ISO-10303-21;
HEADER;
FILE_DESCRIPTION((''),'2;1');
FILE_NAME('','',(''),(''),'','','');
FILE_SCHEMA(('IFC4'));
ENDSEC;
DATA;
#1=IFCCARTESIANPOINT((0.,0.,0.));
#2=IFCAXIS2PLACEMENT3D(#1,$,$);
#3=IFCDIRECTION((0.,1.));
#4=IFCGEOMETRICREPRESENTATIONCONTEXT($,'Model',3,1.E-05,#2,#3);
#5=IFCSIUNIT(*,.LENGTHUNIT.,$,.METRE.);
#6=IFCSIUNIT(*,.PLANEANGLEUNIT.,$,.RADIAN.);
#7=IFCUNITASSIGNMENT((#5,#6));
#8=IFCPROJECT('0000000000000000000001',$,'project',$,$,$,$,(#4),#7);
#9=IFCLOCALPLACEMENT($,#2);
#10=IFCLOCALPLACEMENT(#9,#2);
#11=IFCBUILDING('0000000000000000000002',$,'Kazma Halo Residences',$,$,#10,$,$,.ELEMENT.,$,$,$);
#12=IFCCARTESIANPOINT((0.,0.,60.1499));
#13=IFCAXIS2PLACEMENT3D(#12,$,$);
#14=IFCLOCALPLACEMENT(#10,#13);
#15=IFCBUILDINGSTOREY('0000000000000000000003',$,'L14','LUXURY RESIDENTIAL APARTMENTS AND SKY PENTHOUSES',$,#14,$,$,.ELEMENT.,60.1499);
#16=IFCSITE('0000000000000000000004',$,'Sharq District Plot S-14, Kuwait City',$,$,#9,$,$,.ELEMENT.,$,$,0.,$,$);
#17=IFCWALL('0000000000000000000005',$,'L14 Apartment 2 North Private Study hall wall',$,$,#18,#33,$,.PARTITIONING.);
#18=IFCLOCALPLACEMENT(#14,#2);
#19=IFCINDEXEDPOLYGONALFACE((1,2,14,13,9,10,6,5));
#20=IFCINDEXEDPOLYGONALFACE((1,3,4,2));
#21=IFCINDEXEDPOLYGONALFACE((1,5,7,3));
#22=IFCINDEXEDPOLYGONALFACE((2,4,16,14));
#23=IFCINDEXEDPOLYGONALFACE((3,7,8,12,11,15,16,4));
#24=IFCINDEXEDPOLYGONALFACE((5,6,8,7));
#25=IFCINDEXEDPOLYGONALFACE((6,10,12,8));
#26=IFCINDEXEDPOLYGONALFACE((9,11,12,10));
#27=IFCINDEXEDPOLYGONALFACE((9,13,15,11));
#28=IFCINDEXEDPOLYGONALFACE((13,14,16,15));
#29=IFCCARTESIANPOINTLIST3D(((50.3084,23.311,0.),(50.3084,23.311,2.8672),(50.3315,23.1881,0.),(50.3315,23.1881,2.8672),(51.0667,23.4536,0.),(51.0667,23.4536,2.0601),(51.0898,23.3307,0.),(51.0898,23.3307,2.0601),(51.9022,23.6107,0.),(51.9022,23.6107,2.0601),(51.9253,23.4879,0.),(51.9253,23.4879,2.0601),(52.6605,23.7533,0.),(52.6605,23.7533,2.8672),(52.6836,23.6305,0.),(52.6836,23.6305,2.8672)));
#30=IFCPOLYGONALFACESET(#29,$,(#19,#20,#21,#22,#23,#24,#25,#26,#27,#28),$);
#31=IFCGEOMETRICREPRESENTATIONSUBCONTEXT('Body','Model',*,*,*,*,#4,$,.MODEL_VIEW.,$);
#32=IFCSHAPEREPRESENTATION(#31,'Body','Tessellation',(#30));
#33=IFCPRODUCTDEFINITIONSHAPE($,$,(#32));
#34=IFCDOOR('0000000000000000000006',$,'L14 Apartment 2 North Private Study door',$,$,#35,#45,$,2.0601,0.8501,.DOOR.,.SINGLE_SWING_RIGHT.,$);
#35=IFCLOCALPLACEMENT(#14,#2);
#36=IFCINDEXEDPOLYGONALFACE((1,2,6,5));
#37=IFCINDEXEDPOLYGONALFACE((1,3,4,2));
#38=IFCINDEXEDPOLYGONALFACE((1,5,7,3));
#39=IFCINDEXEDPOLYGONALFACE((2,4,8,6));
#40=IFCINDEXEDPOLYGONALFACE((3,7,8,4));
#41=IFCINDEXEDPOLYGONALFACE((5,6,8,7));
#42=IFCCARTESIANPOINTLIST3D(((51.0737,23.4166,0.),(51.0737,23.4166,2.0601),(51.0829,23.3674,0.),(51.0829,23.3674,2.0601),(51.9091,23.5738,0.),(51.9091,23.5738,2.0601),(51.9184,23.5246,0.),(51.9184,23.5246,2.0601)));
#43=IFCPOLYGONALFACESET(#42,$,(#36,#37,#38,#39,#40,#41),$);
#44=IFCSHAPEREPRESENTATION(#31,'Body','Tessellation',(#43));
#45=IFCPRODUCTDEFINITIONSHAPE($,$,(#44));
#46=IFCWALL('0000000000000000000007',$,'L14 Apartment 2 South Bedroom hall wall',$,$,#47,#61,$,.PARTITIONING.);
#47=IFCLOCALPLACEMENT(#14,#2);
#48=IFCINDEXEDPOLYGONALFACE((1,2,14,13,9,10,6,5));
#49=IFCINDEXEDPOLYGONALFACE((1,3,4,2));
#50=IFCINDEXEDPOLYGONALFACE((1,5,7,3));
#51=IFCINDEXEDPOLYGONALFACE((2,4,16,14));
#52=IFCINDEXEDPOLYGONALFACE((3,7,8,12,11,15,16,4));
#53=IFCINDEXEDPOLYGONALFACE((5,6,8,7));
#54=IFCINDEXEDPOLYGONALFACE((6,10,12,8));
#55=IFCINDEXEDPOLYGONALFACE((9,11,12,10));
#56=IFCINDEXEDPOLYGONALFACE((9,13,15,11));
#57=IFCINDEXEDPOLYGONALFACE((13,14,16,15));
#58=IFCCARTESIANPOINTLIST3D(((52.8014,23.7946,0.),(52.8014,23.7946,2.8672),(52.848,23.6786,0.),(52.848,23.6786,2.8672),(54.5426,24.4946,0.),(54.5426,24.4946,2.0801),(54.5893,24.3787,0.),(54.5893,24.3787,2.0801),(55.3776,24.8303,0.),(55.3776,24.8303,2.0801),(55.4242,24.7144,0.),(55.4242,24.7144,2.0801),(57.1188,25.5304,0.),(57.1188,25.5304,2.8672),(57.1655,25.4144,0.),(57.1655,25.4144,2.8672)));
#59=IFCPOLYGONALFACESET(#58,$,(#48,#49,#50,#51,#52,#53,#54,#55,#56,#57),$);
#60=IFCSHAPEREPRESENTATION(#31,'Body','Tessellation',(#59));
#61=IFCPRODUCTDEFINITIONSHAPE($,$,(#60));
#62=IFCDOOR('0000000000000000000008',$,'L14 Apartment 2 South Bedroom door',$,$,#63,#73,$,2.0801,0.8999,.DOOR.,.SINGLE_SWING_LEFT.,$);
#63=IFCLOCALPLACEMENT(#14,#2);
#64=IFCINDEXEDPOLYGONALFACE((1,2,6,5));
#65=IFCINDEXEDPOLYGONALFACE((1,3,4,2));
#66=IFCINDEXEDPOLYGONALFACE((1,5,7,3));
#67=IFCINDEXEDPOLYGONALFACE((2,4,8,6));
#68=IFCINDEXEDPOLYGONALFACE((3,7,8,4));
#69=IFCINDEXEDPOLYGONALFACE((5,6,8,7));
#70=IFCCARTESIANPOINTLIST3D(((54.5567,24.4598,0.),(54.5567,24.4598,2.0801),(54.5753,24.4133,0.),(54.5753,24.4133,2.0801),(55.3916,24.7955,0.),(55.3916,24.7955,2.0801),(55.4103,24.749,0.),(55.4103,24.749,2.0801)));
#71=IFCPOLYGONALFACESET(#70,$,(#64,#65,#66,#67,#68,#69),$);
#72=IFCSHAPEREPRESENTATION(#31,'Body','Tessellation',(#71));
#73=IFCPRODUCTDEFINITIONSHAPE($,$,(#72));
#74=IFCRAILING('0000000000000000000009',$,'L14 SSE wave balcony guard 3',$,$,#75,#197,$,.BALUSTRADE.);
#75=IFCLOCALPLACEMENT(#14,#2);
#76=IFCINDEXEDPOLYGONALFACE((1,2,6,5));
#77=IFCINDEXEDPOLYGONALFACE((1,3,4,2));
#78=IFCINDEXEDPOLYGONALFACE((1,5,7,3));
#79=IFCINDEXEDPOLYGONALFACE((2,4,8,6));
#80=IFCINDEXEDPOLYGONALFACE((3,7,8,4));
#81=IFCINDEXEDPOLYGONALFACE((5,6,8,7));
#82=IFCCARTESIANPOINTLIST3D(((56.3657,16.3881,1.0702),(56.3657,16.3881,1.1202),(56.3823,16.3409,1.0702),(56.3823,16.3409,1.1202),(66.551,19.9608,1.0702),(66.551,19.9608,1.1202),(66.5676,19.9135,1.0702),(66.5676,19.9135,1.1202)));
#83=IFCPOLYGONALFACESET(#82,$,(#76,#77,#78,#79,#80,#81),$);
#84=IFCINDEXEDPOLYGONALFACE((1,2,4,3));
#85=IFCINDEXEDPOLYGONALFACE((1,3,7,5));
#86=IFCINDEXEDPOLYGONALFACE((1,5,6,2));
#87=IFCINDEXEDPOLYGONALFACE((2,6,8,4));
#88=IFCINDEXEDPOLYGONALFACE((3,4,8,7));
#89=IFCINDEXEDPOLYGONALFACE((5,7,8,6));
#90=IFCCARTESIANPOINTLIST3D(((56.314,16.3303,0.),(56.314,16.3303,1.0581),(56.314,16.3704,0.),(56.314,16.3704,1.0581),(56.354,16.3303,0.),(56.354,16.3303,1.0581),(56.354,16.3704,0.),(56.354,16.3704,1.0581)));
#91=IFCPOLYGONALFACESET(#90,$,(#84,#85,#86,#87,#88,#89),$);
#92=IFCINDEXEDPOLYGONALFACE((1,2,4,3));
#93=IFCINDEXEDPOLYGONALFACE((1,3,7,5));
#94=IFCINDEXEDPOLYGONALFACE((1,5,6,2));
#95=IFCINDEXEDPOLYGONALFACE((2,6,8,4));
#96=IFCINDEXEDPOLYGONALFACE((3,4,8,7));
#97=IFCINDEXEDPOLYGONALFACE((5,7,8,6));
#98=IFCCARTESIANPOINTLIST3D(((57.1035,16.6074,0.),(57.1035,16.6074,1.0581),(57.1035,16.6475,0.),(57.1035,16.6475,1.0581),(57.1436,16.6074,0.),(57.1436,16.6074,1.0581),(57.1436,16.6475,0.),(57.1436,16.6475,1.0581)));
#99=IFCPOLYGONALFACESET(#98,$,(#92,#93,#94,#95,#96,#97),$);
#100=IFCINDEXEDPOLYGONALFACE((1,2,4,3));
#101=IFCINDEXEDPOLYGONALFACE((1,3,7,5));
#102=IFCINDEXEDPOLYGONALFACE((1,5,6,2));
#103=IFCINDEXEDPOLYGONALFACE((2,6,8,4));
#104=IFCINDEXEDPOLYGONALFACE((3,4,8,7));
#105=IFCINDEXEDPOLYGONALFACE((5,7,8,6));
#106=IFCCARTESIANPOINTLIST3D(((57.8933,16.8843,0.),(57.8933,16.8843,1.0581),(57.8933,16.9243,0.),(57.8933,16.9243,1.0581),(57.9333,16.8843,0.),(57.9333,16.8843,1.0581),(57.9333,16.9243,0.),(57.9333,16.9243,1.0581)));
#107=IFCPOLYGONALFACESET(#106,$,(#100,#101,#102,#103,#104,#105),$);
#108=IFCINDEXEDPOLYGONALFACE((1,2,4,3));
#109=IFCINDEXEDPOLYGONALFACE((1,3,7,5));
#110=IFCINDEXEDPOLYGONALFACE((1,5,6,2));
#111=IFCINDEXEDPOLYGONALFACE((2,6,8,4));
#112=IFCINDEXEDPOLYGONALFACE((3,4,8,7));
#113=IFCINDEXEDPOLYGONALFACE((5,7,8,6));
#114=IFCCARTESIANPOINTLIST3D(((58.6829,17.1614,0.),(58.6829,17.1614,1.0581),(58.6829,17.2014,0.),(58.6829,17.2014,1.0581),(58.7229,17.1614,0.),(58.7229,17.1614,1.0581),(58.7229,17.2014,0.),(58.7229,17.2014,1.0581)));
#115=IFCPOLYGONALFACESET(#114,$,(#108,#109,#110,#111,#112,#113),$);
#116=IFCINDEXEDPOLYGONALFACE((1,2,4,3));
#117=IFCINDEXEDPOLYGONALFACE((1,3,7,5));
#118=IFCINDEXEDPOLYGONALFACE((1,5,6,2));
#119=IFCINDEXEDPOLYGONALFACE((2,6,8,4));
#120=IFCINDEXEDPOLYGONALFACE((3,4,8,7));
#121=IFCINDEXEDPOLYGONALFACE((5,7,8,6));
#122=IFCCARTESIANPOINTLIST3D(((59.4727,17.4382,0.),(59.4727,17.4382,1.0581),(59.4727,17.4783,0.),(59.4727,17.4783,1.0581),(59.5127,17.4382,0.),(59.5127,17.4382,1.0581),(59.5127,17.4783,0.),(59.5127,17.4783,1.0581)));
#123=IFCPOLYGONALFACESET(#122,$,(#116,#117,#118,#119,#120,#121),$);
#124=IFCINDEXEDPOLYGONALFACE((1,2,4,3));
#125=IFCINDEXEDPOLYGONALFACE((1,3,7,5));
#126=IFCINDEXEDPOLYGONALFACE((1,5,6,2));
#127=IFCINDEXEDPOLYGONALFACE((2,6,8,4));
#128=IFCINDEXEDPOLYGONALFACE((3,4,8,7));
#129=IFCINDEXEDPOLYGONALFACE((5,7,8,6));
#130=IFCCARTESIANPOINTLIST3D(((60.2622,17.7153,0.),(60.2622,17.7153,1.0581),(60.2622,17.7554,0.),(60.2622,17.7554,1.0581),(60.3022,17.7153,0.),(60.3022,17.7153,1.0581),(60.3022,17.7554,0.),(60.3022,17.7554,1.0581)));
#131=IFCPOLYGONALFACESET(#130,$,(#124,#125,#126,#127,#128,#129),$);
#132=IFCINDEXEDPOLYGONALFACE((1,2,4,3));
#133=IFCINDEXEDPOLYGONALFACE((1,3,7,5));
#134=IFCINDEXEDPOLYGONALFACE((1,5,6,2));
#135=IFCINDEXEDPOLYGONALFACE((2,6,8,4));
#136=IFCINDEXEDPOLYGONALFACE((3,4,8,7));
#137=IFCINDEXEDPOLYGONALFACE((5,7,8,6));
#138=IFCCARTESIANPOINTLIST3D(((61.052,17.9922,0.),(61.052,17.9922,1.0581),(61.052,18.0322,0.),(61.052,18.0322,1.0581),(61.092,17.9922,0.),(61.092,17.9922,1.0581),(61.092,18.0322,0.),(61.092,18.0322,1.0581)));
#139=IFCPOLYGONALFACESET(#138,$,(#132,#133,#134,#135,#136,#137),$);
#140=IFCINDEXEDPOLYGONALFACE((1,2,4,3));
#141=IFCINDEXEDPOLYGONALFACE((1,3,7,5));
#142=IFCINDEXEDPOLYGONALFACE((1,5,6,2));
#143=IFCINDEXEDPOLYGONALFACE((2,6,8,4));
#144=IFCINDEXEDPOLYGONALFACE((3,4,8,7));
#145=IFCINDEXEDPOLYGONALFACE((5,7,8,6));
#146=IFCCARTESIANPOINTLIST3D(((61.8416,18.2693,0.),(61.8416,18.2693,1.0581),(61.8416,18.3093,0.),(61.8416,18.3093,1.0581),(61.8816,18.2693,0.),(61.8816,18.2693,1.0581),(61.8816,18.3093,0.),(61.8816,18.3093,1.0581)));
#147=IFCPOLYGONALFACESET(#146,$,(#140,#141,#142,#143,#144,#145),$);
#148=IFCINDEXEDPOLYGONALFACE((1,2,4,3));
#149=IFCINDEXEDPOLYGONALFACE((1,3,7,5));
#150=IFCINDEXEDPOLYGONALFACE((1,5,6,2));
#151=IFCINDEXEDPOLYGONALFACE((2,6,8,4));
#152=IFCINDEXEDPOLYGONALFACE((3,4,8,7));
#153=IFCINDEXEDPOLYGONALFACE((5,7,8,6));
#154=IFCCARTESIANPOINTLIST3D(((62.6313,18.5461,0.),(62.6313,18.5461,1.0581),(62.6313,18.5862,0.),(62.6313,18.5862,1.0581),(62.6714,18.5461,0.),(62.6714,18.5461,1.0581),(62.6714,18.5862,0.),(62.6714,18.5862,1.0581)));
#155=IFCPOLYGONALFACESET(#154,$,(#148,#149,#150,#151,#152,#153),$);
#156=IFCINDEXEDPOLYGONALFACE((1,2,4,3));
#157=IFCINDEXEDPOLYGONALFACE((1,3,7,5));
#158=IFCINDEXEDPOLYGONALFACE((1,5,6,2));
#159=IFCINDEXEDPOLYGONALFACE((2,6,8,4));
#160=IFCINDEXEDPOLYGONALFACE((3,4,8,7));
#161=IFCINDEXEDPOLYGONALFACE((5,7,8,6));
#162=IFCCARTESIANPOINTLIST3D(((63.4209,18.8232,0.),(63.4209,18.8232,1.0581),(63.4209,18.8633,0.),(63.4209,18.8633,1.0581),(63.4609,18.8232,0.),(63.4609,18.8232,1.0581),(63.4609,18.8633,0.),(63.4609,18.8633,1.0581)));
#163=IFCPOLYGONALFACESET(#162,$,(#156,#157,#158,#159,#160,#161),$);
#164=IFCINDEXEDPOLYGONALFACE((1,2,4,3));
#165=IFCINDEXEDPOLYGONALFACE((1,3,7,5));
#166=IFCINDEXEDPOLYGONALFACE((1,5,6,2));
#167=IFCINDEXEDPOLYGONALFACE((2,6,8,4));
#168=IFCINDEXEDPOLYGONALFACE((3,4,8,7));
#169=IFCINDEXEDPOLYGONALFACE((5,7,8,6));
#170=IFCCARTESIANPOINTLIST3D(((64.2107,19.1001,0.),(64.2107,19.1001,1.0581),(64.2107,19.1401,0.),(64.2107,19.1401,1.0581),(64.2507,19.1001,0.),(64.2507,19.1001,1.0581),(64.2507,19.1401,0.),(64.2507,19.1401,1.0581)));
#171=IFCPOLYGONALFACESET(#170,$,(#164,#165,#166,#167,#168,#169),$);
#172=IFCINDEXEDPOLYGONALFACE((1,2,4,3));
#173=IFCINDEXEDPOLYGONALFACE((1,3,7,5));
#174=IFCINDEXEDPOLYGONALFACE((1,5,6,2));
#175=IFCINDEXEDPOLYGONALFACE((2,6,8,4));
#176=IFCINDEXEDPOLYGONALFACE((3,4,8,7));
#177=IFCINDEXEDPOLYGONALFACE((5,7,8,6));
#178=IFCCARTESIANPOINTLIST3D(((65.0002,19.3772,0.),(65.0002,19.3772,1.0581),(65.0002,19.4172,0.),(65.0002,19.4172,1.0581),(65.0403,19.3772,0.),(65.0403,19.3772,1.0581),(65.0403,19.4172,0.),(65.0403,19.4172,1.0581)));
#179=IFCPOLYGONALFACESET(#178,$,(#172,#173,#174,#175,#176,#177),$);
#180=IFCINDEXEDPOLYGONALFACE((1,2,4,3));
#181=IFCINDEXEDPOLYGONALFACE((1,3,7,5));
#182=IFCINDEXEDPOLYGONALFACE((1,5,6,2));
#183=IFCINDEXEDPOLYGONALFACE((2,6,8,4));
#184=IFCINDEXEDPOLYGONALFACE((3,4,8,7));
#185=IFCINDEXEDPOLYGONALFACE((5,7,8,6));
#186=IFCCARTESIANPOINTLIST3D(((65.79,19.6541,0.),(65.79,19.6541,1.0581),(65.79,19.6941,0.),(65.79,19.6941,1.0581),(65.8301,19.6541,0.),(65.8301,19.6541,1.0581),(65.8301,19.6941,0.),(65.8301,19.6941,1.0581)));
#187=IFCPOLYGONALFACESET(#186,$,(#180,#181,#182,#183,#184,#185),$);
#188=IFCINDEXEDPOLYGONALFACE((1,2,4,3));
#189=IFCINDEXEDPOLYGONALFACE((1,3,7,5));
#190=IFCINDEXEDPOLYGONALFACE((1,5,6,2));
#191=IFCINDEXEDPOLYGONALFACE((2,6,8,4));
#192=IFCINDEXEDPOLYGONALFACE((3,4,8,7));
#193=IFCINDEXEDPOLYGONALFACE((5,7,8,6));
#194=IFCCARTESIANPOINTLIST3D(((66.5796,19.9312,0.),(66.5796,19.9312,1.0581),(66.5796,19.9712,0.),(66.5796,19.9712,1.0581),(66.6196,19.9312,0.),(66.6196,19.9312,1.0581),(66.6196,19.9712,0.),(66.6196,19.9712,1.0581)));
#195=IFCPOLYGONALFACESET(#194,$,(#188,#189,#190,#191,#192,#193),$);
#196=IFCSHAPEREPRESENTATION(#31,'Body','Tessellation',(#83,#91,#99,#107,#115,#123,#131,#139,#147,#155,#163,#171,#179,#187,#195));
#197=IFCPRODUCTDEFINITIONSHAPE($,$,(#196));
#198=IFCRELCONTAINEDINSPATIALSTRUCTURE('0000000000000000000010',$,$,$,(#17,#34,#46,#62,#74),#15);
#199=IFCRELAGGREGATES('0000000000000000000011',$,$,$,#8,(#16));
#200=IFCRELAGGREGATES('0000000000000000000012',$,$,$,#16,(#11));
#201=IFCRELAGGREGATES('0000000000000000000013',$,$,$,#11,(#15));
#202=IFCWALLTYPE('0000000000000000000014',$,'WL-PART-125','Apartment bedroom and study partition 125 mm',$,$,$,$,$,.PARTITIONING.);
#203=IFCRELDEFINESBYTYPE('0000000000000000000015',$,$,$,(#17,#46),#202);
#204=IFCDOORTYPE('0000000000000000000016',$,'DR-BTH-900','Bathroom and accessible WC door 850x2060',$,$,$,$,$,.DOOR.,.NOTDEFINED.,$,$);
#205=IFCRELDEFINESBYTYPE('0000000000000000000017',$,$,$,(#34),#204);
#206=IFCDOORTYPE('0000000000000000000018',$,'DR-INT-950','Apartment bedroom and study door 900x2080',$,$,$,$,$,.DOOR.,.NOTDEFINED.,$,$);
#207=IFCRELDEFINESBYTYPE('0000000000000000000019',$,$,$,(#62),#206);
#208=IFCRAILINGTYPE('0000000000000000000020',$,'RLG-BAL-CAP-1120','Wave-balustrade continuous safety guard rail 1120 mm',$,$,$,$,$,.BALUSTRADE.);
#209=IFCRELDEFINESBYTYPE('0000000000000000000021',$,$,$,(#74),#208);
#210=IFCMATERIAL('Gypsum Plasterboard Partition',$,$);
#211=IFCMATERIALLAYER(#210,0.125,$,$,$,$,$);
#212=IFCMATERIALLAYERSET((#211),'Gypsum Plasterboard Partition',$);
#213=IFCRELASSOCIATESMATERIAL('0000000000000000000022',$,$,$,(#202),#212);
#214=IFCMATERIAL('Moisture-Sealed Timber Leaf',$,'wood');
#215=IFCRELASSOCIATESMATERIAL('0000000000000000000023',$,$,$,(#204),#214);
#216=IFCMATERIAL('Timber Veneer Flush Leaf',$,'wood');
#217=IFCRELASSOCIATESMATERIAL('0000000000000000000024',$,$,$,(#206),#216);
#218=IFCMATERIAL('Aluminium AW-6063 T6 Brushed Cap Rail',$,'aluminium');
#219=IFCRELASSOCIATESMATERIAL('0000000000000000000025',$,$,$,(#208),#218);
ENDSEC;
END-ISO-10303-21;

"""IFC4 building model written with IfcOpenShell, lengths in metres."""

from ifc_helpers import new_model, si_unit, direction, frame, frame_2d, origin, origin_2d, place, context, subcontext, project, spatial, rectangle, extrude, material, layer, layer_set, type_object, element, fill, save


model = new_model("IFC4")

# Units and contexts
model_context = context("Model", 3, precision=1e-05, world=origin(), true_north=direction((0.0, 1.0)))
body_context = subcontext(model_context, "Body", "Model", "MODEL_VIEW")
ifc_project = project(units=[si_unit("LENGTHUNIT", "METRE"), si_unit("PLANEANGLEUNIT", "RADIAN")], contexts=[model_context])

# Site, building, storey
site_placement = place(None, origin())
site = spatial("IfcSite", under=ifc_project, at=site_placement, Name="Sharq District Plot S-14, Kuwait City", CompositionType="ELEMENT", RefElevation=0.0)
building_placement = place(site_placement, origin())
building = spatial("IfcBuilding", under=site, at=building_placement, Name="Kazma Halo Residences", CompositionType="ELEMENT")
storey_placement = place(building_placement, frame((0.0, 0.0, 60.1499)))
storey = spatial("IfcBuildingStorey", under=building, at=storey_placement, Name="L14", Description="LUXURY RESIDENTIAL APARTMENTS AND SKY PENTHOUSES", CompositionType="ELEMENT", Elevation=60.1499)

# Shared definitions
ifc_material_1 = material(Name="Gypsum Plasterboard Partition")
ifc_layer_1 = layer(ifc_material_1, 0.125)
ifc_layer_set_1 = layer_set([ifc_layer_1], Name="Gypsum Plasterboard Partition")
wall_type_1 = type_object("IfcWallType", Name="WL-PART-125", Description="Apartment bedroom and study partition 125 mm", PredefinedType="PARTITIONING", material=ifc_layer_set_1)

# Walls, openings, doors
wall_1_placement = place(storey_placement, frame((50.3198, 23.2495, 0.0), z_axis=(0.0, 0.0, 1.0), x_axis=(0.982768, 0.184843, 0.0)))
wall_1 = element("IfcWall", 1, at=wall_1_placement, inside=storey, type_object=wall_type_1, Name="L14 Apartment 2 North Private Study hall wall", PredefinedType="PARTITIONING", context=body_context, shape_type="SweptSolid", body=[
    extrude(rectangle(XDim=2.3933, YDim=0.125, at=frame_2d((1.1968, 0.0))), origin(), (0.0, 0.0, 1.0), 2.8672),
])
opening_1_placement = place(wall_1_placement, frame((0.7717, 0.0, 0.0)))
opening_1 = element("IfcOpeningElement", 2, at=opening_1_placement, cuts=wall_1, PredefinedType="OPENING", context=body_context, shape_type="SweptSolid", body=[
    extrude(rectangle(XDim=0.8501, YDim=2.0601, at=frame_2d((0.425, 1.03))), frame((0.0, 0.0725, 0.0), z_axis=(0.0, -1.0, 0.0), x_axis=(1.0, 0.0, 0.0)), (0.0, 0.0, 1.0), 0.145),
])
ifc_material_2 = material(Name="Moisture-Sealed Timber Leaf", Category="wood")
door_type_1 = type_object("IfcDoorType", Name="DR-BTH-900", Description="Bathroom and accessible WC door 850x2060", OperationType="NOTDEFINED", PredefinedType="DOOR", material=ifc_material_2)
door_1_placement = place(opening_1_placement, origin())
door_1 = element("IfcDoor", 3, at=door_1_placement, inside=storey, type_object=door_type_1, Name="L14 Apartment 2 North Private Study door", OperationType="SINGLE_SWING_RIGHT", OverallHeight=2.0601, OverallWidth=0.8501, PredefinedType="DOOR", context=body_context, shape_type="SweptSolid", body=[
    extrude(rectangle(XDim=0.8501, YDim=2.0601, at=frame_2d((0.425, 1.03))), frame((0.0, 0.0249, 0.0), z_axis=(0.0, -1.0, 0.0), x_axis=(1.0, 0.0, 0.0)), (0.0, 0.0, 1.0), 0.05),
])
fill(opening_1, door_1)
wall_2_placement = place(storey_placement, frame((52.8247, 23.7366, 0.0), z_axis=(0.0, 0.0, 1.0), x_axis=(0.927817, 0.373036, 0.0)))
wall_2 = element("IfcWall", 4, at=wall_2_placement, inside=storey, type_object=wall_type_1, Name="L14 Apartment 2 South Bedroom hall wall", PredefinedType="PARTITIONING", context=body_context, shape_type="SweptSolid", body=[
    extrude(rectangle(XDim=4.6533, YDim=0.125, at=frame_2d((2.3267, 0.0))), origin(), (0.0, 0.0, 1.0), 2.8672),
])
opening_2_placement = place(wall_2_placement, frame((1.8767, 0.0, 0.0)))
opening_2 = element("IfcOpeningElement", 5, at=opening_2_placement, cuts=wall_2, PredefinedType="OPENING", context=body_context, shape_type="SweptSolid", body=[
    extrude(rectangle(XDim=0.8999, YDim=2.0801, at=frame_2d((0.45, 1.04))), frame((0.0, 0.0725, 0.0), z_axis=(0.0, -1.0, 0.0), x_axis=(1.0, 0.0, 0.0)), (0.0, 0.0, 1.0), 0.145),
])
ifc_material_3 = material(Name="Timber Veneer Flush Leaf", Category="wood")
door_type_2 = type_object("IfcDoorType", Name="DR-INT-950", Description="Apartment bedroom and study door 900x2080", OperationType="NOTDEFINED", PredefinedType="DOOR", material=ifc_material_3)
door_2_placement = place(opening_2_placement, origin())
door_2 = element("IfcDoor", 6, at=door_2_placement, inside=storey, type_object=door_type_2, Name="L14 Apartment 2 South Bedroom door", OperationType="SINGLE_SWING_LEFT", OverallHeight=2.0801, OverallWidth=0.8999, PredefinedType="DOOR", context=body_context, shape_type="SweptSolid", body=[
    extrude(rectangle(XDim=0.8999, YDim=2.0801, at=frame_2d((0.45, 1.04))), frame((0.0, 0.0249, 0.0), z_axis=(0.0, -1.0, 0.0), x_axis=(1.0, 0.0, 0.0)), (0.0, 0.0, 1.0), 0.05),
])
fill(opening_2, door_2)

# Railing
ifc_material_4 = material(Name="Aluminium AW-6063 T6 Brushed Cap Rail", Category="aluminium")
railing_type = type_object("IfcRailingType", Name="RLG-BAL-CAP-1120", Description="Wave-balustrade continuous safety guard rail 1120 mm", PredefinedType="BALUSTRADE", material=ifc_material_4)
railing_placement = place(storey_placement, frame((56.334, 16.3503, 0.0)))
element("IfcRailing", 7, at=railing_placement, inside=storey, type_object=railing_type, Name="L14 SSE wave balcony guard 3", PredefinedType="BALUSTRADE", context=body_context, shape_type="SweptSolid", body=[
    extrude(rectangle(XDim=0.05, YDim=0.05, at=origin_2d()), frame((0.04, 0.0142, 1.0952), z_axis=(0.943633, 0.330994, 0.0), x_axis=(-0.330994, 0.943633, 0.0)), (0.0, 0.0, 1.0), 10.7937),
    extrude(rectangle(XDim=0.04, YDim=0.04, at=origin_2d()), origin(), (0.0, 0.0, 1.0), 1.0581),
    extrude(rectangle(XDim=0.04, YDim=0.04, at=origin_2d()), frame((0.7896, 0.2771, 0.0)), (0.0, 0.0, 1.0), 1.0581),
    extrude(rectangle(XDim=0.04, YDim=0.04, at=origin_2d()), frame((1.5793, 0.554, 0.0)), (0.0, 0.0, 1.0), 1.0581),
    extrude(rectangle(XDim=0.04, YDim=0.04, at=origin_2d()), frame((2.3689, 0.8311, 0.0)), (0.0, 0.0, 1.0), 1.0581),
    extrude(rectangle(XDim=0.04, YDim=0.04, at=origin_2d()), frame((3.1587, 1.1079, 0.0)), (0.0, 0.0, 1.0), 1.0581),
    extrude(rectangle(XDim=0.04, YDim=0.04, at=origin_2d()), frame((3.9482, 1.385, 0.0)), (0.0, 0.0, 1.0), 1.0581),
    extrude(rectangle(XDim=0.04, YDim=0.04, at=origin_2d()), frame((4.738, 1.6619, 0.0)), (0.0, 0.0, 1.0), 1.0581),
    extrude(rectangle(XDim=0.04, YDim=0.04, at=origin_2d()), frame((5.5276, 1.939, 0.0)), (0.0, 0.0, 1.0), 1.0581),
    extrude(rectangle(XDim=0.04, YDim=0.04, at=origin_2d()), frame((6.3174, 2.2158, 0.0)), (0.0, 0.0, 1.0), 1.0581),
    extrude(rectangle(XDim=0.04, YDim=0.04, at=origin_2d()), frame((7.1069, 2.4929, 0.0)), (0.0, 0.0, 1.0), 1.0581),
    extrude(rectangle(XDim=0.04, YDim=0.04, at=origin_2d()), frame((7.8967, 2.7698, 0.0)), (0.0, 0.0, 1.0), 1.0581),
    extrude(rectangle(XDim=0.04, YDim=0.04, at=origin_2d()), frame((8.6863, 3.0469, 0.0)), (0.0, 0.0, 1.0), 1.0581),
    extrude(rectangle(XDim=0.04, YDim=0.04, at=origin_2d()), frame((9.4761, 3.3237, 0.0)), (0.0, 0.0, 1.0), 1.0581),
    extrude(rectangle(XDim=0.04, YDim=0.04, at=origin_2d()), frame((10.2656, 3.6008, 0.0)), (0.0, 0.0, 1.0), 1.0581),
])

save(model, "model.ifc")
